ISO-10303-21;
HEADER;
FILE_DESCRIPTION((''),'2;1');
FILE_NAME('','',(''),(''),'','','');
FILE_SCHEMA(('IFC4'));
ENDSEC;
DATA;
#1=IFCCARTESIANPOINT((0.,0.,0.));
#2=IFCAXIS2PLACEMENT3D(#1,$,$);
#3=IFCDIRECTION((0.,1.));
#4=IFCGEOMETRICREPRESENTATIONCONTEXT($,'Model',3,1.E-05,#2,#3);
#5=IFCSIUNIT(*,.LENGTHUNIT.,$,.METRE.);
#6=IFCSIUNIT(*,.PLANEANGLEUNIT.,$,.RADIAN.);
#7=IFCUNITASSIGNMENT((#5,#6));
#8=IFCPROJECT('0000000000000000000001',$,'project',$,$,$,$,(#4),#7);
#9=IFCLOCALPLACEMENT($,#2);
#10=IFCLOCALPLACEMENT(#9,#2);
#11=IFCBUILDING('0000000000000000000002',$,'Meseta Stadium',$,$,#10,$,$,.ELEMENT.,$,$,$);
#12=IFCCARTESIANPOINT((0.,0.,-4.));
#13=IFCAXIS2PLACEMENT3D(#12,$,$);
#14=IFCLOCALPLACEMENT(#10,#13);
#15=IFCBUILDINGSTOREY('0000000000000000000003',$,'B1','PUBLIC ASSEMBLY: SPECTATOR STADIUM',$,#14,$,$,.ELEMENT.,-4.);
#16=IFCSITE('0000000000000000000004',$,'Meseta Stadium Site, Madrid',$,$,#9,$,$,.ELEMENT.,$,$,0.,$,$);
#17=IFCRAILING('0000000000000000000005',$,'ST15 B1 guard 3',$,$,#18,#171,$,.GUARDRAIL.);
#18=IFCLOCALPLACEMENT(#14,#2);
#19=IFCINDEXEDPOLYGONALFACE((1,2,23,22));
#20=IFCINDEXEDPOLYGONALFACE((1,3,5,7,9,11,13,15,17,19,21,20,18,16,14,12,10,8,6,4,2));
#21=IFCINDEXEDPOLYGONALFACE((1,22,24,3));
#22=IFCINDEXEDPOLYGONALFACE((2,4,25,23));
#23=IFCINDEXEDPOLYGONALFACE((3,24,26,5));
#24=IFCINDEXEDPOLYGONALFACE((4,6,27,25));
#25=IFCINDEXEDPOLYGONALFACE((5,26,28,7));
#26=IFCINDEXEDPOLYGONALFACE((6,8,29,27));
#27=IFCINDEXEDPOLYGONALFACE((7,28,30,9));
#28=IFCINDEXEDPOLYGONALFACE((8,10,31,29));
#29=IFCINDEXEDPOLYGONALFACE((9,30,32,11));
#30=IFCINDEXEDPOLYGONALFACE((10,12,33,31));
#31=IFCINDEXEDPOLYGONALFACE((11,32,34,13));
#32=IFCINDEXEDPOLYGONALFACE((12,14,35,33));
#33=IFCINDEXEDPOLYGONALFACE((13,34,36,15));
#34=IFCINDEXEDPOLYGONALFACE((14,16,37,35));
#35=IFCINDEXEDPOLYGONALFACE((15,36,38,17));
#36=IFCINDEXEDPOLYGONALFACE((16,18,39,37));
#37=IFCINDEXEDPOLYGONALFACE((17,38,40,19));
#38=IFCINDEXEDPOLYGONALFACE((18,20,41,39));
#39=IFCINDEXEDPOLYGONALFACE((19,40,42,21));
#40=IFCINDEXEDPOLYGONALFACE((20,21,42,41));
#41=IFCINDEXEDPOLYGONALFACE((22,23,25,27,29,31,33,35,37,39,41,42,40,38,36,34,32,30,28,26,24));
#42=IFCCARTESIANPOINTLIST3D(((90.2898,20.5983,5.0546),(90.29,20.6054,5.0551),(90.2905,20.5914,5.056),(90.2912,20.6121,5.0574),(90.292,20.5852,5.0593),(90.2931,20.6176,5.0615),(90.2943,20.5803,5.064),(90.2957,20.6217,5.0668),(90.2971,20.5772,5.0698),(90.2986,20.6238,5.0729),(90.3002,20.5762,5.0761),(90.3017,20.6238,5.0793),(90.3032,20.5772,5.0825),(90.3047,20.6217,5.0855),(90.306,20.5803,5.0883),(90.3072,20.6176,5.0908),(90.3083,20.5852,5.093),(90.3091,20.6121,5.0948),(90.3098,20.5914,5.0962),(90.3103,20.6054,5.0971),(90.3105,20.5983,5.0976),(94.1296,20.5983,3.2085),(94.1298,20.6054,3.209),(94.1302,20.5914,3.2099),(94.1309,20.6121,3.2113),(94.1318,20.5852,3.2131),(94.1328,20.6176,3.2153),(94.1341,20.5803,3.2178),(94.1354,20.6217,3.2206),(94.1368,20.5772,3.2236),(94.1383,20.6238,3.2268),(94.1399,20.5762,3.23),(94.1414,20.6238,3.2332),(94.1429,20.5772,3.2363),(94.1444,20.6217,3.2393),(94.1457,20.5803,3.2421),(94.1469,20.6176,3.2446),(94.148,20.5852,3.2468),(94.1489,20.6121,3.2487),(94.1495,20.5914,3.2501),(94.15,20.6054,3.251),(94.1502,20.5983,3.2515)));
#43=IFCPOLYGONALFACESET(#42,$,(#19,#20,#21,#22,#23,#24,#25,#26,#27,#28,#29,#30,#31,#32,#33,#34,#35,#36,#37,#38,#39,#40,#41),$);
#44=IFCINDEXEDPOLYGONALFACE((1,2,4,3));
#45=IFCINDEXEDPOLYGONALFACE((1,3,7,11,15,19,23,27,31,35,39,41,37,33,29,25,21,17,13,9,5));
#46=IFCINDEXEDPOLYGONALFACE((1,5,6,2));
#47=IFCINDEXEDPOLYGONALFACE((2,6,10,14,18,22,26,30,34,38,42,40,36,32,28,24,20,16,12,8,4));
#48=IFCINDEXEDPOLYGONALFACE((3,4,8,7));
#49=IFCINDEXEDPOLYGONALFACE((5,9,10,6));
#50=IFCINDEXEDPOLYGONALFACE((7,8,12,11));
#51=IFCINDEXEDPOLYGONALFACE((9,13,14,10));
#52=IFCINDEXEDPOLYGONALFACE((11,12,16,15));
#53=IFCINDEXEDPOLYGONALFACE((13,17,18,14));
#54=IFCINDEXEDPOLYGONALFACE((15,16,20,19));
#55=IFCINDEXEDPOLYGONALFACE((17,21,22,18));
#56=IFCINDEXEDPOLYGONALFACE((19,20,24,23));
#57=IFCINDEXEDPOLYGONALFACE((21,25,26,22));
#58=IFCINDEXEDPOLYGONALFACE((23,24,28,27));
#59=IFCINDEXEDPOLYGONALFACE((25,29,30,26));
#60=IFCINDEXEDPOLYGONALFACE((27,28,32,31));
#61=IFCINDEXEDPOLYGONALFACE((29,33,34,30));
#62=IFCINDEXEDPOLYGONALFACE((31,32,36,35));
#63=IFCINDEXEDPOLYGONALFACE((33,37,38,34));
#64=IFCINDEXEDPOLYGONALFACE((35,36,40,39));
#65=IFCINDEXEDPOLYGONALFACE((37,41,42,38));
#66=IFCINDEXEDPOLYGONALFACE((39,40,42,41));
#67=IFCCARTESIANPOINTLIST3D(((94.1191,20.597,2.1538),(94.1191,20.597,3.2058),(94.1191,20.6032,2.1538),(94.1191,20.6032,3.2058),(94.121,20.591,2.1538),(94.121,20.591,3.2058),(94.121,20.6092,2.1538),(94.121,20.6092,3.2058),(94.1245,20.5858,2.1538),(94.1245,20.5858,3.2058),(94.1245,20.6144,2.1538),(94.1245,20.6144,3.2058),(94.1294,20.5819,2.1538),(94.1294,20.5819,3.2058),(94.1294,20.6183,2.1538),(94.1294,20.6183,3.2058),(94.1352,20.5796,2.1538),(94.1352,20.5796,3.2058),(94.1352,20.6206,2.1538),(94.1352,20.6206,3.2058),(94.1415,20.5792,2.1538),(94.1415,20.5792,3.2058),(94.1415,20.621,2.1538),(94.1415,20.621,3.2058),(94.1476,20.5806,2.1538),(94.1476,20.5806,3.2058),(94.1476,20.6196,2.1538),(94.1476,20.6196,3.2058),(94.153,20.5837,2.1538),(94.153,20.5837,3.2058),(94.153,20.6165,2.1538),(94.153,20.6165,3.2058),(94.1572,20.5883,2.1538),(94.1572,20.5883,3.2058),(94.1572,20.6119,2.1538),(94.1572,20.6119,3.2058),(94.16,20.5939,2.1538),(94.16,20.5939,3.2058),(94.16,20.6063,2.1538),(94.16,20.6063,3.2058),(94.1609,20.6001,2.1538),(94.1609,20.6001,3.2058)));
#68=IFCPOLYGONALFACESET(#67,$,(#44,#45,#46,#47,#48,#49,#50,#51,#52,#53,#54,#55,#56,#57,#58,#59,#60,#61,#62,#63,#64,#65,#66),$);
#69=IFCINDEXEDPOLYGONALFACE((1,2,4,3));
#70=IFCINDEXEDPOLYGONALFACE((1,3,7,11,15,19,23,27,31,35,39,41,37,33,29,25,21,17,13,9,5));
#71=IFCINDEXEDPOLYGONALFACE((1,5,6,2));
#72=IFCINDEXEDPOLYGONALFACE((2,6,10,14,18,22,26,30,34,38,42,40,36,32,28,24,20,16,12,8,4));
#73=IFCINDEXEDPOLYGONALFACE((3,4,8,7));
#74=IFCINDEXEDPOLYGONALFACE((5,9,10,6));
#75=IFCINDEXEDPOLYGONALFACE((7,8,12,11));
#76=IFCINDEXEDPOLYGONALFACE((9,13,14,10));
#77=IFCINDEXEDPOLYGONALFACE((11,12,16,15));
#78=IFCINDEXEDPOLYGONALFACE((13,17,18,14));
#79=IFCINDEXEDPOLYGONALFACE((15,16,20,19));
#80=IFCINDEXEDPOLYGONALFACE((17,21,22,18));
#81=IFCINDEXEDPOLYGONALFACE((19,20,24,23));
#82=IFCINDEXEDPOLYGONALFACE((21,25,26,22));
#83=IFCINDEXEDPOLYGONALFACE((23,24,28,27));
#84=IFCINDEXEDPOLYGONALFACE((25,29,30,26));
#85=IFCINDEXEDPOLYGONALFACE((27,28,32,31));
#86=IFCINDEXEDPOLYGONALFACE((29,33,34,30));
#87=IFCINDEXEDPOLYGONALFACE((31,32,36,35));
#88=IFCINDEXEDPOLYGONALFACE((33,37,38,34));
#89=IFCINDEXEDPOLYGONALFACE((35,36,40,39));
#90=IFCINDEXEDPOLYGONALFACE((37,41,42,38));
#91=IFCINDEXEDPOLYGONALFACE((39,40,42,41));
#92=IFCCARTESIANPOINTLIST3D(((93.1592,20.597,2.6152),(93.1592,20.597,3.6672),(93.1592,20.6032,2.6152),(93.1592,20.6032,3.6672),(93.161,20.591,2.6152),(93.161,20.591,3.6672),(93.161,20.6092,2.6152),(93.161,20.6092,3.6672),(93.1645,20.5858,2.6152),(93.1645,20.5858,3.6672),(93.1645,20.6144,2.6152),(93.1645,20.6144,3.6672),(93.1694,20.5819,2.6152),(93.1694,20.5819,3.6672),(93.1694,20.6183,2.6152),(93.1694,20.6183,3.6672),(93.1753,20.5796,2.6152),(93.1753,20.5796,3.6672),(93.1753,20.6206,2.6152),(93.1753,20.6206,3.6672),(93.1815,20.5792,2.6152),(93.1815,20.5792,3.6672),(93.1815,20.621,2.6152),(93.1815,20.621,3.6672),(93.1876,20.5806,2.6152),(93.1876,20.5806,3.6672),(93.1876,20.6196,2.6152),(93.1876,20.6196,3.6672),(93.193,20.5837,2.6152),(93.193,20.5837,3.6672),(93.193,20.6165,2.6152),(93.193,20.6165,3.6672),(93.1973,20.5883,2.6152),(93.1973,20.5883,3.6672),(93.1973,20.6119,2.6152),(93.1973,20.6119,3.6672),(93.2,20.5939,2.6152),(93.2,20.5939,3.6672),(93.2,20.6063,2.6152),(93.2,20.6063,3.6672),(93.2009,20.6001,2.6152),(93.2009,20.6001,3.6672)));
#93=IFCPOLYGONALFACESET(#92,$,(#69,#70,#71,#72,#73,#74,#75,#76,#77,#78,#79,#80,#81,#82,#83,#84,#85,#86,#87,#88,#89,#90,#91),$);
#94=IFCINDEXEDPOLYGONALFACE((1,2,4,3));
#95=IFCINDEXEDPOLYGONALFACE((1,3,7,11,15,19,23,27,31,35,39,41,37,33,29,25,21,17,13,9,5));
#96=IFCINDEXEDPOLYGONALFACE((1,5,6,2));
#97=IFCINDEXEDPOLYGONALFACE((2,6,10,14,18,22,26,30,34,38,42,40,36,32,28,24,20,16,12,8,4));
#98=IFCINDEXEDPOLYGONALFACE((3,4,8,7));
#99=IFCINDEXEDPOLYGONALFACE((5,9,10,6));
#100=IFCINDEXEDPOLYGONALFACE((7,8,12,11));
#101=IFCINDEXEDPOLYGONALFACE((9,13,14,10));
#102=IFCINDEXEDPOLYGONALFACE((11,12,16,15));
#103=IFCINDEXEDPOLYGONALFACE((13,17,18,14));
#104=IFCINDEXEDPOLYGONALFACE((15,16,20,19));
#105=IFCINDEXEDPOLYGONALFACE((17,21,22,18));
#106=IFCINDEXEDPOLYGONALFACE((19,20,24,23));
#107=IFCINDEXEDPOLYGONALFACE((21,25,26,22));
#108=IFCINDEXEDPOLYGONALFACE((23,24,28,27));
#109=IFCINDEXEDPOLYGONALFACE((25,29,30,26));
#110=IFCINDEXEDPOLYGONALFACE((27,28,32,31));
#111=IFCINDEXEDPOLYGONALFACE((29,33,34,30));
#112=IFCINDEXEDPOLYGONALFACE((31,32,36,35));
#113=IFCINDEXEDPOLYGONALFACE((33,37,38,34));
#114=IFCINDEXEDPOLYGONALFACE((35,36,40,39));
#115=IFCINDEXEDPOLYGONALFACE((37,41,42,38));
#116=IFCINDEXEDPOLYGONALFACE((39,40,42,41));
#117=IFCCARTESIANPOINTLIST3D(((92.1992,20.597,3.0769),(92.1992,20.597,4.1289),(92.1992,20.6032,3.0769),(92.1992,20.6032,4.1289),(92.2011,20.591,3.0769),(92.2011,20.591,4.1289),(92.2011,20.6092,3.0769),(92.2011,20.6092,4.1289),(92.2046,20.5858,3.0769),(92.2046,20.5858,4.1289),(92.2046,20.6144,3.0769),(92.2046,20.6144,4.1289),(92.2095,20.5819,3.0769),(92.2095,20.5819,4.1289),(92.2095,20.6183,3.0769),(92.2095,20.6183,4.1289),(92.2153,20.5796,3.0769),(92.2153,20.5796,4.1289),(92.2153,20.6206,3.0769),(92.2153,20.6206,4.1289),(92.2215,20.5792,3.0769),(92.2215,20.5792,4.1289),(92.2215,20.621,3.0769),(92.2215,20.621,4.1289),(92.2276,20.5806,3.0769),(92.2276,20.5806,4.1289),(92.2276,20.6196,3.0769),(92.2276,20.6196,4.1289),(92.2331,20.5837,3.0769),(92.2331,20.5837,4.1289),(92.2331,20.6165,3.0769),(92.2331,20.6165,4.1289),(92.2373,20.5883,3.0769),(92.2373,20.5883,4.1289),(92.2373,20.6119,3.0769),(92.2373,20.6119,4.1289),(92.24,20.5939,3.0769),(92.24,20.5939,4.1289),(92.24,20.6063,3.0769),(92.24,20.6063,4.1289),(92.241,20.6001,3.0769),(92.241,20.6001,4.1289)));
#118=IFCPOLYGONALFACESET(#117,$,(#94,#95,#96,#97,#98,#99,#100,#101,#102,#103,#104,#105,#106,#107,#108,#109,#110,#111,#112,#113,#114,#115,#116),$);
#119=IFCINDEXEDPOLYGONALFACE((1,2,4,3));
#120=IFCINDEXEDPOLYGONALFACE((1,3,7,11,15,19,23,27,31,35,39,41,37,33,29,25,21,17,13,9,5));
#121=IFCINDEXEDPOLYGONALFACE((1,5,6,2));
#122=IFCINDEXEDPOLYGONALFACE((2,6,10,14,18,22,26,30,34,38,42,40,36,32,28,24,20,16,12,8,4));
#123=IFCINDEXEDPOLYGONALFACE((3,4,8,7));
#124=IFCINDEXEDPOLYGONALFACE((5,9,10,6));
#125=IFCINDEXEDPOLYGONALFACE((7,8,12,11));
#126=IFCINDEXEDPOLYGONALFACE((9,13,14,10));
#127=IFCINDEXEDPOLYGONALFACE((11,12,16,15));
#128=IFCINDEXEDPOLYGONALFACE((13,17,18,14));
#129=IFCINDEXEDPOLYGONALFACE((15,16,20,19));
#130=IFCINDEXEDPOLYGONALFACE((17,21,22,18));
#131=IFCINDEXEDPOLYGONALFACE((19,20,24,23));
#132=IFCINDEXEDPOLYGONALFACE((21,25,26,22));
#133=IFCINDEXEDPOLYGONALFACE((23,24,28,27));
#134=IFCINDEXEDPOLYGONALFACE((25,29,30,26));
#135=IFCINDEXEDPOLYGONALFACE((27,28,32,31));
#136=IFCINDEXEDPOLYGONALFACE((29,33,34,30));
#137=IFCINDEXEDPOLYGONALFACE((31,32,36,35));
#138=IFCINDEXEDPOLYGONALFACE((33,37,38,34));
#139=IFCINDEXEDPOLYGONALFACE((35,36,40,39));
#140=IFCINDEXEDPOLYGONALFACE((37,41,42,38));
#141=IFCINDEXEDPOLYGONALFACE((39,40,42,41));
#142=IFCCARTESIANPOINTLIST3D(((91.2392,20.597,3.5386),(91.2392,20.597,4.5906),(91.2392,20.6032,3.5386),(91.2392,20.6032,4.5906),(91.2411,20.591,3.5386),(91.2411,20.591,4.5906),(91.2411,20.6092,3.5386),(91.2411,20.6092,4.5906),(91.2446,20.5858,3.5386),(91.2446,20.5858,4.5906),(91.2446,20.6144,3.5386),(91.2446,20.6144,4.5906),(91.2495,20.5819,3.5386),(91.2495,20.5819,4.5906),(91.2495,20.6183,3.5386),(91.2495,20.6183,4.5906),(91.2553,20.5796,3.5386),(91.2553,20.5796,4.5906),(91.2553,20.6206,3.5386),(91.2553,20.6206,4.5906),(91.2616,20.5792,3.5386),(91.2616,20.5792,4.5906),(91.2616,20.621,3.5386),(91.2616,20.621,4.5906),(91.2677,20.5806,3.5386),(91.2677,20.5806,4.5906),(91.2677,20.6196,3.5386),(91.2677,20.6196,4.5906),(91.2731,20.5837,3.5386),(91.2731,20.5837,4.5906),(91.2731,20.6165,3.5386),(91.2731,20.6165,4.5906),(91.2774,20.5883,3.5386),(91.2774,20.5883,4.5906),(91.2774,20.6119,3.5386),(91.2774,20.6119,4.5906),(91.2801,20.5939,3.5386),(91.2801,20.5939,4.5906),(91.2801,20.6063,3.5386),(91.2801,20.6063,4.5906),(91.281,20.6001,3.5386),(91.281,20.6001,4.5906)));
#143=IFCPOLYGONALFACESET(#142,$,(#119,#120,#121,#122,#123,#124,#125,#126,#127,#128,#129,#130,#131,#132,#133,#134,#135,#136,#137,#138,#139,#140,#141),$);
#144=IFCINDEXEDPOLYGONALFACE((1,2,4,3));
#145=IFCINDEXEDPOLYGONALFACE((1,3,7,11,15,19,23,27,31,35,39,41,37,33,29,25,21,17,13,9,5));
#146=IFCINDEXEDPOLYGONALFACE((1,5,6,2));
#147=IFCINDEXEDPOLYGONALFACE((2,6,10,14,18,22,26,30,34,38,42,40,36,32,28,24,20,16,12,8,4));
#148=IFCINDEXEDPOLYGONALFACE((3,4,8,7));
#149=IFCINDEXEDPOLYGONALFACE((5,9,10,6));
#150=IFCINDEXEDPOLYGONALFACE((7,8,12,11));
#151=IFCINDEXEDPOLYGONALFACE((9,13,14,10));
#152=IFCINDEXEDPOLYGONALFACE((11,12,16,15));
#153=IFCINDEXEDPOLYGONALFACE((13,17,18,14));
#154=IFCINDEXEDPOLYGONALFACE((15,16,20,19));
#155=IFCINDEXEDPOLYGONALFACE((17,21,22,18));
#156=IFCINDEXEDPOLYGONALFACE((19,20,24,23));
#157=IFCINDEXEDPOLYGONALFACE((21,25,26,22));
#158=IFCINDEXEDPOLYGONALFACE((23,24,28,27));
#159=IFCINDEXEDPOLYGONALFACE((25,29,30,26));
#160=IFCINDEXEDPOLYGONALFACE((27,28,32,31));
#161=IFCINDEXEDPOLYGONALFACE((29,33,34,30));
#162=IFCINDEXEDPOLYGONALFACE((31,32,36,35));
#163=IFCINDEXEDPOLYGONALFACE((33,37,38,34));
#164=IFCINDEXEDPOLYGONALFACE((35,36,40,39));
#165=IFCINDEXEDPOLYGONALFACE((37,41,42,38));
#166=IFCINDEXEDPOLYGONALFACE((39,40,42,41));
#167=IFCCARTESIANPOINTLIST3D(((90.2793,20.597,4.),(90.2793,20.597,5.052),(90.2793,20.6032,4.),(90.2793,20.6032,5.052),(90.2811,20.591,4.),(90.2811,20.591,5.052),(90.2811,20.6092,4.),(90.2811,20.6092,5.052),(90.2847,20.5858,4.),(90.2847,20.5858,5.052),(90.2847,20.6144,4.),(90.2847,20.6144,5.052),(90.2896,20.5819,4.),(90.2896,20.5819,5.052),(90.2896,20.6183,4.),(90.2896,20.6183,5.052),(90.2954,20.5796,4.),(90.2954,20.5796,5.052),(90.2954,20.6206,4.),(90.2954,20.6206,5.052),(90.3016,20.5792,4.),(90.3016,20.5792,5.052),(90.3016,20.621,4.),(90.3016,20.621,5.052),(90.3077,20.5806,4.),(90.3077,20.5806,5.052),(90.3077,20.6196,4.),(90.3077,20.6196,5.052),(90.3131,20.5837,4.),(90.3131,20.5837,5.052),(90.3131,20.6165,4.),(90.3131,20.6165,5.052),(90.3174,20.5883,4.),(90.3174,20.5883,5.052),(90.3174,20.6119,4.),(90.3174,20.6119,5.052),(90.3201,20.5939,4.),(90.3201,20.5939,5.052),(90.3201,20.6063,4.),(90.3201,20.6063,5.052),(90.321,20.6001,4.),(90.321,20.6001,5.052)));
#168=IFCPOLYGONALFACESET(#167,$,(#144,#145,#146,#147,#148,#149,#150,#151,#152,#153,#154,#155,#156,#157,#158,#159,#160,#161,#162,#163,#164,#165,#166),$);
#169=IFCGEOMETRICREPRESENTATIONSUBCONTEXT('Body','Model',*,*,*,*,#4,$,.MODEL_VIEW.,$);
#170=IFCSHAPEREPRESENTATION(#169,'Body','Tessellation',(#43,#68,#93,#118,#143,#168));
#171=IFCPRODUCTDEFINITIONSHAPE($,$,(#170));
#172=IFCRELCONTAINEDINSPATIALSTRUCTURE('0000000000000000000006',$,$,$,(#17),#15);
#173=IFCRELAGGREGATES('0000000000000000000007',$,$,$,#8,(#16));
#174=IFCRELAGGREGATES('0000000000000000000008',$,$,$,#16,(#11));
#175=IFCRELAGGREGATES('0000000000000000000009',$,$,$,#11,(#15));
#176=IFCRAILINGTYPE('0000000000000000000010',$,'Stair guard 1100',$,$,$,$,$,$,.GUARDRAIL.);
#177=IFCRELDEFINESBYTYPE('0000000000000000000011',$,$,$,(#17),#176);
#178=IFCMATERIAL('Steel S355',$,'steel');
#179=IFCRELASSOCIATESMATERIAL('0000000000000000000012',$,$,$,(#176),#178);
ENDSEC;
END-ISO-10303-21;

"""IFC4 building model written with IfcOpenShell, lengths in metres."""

from ifc_helpers import new_model, si_unit, direction, frame, origin, origin_2d, place, context, subcontext, project, spatial, circle, extrude, material, type_object, element, save


model = new_model("IFC4")

# Units and contexts
model_context = context("Model", 3, precision=1e-05, world=origin(), true_north=direction((0.0, 1.0)))
body_context = subcontext(model_context, "Body", "Model", "MODEL_VIEW")
ifc_project = project(units=[si_unit("LENGTHUNIT", "METRE"), si_unit("PLANEANGLEUNIT", "RADIAN")], contexts=[model_context])

# Site, building, storey
site_placement = place(None, origin())
site = spatial("IfcSite", under=ifc_project, at=site_placement, Name="Meseta Stadium Site, Madrid", CompositionType="ELEMENT", RefElevation=0.0)
building_placement = place(site_placement, origin())
building = spatial("IfcBuilding", under=site, at=building_placement, Name="Meseta Stadium", CompositionType="ELEMENT")
storey_placement = place(building_placement, frame((0.0, 0.0, -4.0)))
storey = spatial("IfcBuildingStorey", under=building, at=storey_placement, Name="B1", Description="PUBLIC ASSEMBLY: SPECTATOR STADIUM", CompositionType="ELEMENT", Elevation=-4.0)

# Railing
ifc_material_1 = material(Name="Steel S355", Category="steel")
railing_type_1 = type_object("IfcRailingType", Name="Stair guard 1100", PredefinedType="GUARDRAIL", material=ifc_material_1)
railing_1_placement = place(storey_placement, frame((94.1399, 20.6001, 2.1538)))
element("IfcRailing", 1, at=railing_1_placement, inside=storey, type_object=railing_type_1, Name="ST15 B1 guard 3", PredefinedType="GUARDRAIL", context=body_context, shape_type="SweptSolid", body=[
    extrude(circle(Radius=0.0239, at=origin_2d()), frame((0.0, 0.0, 1.0762), z_axis=(-0.901242, 0.0, 0.433316), x_axis=(0.0, -1.0, 0.0)), (0.0, 0.0, 1.0), 4.2605),
    extrude(circle(Radius=0.021, at=origin_2d()), origin(), (0.0, 0.0, 1.0), 1.052),
    extrude(circle(Radius=0.021, at=origin_2d()), frame((-0.96, 0.0, 0.4614)), (0.0, 0.0, 1.0), 1.052),
    extrude(circle(Radius=0.021, at=origin_2d()), frame((-1.9199, 0.0, 0.9231)), (0.0, 0.0, 1.0), 1.052),
    extrude(circle(Radius=0.021, at=origin_2d()), frame((-2.8799, 0.0, 1.3848)), (0.0, 0.0, 1.0), 1.052),
    extrude(circle(Radius=0.021, at=origin_2d()), frame((-3.8398, 0.0, 1.8462)), (0.0, 0.0, 1.0), 1.052),
])

save(model, "model.ifc")
